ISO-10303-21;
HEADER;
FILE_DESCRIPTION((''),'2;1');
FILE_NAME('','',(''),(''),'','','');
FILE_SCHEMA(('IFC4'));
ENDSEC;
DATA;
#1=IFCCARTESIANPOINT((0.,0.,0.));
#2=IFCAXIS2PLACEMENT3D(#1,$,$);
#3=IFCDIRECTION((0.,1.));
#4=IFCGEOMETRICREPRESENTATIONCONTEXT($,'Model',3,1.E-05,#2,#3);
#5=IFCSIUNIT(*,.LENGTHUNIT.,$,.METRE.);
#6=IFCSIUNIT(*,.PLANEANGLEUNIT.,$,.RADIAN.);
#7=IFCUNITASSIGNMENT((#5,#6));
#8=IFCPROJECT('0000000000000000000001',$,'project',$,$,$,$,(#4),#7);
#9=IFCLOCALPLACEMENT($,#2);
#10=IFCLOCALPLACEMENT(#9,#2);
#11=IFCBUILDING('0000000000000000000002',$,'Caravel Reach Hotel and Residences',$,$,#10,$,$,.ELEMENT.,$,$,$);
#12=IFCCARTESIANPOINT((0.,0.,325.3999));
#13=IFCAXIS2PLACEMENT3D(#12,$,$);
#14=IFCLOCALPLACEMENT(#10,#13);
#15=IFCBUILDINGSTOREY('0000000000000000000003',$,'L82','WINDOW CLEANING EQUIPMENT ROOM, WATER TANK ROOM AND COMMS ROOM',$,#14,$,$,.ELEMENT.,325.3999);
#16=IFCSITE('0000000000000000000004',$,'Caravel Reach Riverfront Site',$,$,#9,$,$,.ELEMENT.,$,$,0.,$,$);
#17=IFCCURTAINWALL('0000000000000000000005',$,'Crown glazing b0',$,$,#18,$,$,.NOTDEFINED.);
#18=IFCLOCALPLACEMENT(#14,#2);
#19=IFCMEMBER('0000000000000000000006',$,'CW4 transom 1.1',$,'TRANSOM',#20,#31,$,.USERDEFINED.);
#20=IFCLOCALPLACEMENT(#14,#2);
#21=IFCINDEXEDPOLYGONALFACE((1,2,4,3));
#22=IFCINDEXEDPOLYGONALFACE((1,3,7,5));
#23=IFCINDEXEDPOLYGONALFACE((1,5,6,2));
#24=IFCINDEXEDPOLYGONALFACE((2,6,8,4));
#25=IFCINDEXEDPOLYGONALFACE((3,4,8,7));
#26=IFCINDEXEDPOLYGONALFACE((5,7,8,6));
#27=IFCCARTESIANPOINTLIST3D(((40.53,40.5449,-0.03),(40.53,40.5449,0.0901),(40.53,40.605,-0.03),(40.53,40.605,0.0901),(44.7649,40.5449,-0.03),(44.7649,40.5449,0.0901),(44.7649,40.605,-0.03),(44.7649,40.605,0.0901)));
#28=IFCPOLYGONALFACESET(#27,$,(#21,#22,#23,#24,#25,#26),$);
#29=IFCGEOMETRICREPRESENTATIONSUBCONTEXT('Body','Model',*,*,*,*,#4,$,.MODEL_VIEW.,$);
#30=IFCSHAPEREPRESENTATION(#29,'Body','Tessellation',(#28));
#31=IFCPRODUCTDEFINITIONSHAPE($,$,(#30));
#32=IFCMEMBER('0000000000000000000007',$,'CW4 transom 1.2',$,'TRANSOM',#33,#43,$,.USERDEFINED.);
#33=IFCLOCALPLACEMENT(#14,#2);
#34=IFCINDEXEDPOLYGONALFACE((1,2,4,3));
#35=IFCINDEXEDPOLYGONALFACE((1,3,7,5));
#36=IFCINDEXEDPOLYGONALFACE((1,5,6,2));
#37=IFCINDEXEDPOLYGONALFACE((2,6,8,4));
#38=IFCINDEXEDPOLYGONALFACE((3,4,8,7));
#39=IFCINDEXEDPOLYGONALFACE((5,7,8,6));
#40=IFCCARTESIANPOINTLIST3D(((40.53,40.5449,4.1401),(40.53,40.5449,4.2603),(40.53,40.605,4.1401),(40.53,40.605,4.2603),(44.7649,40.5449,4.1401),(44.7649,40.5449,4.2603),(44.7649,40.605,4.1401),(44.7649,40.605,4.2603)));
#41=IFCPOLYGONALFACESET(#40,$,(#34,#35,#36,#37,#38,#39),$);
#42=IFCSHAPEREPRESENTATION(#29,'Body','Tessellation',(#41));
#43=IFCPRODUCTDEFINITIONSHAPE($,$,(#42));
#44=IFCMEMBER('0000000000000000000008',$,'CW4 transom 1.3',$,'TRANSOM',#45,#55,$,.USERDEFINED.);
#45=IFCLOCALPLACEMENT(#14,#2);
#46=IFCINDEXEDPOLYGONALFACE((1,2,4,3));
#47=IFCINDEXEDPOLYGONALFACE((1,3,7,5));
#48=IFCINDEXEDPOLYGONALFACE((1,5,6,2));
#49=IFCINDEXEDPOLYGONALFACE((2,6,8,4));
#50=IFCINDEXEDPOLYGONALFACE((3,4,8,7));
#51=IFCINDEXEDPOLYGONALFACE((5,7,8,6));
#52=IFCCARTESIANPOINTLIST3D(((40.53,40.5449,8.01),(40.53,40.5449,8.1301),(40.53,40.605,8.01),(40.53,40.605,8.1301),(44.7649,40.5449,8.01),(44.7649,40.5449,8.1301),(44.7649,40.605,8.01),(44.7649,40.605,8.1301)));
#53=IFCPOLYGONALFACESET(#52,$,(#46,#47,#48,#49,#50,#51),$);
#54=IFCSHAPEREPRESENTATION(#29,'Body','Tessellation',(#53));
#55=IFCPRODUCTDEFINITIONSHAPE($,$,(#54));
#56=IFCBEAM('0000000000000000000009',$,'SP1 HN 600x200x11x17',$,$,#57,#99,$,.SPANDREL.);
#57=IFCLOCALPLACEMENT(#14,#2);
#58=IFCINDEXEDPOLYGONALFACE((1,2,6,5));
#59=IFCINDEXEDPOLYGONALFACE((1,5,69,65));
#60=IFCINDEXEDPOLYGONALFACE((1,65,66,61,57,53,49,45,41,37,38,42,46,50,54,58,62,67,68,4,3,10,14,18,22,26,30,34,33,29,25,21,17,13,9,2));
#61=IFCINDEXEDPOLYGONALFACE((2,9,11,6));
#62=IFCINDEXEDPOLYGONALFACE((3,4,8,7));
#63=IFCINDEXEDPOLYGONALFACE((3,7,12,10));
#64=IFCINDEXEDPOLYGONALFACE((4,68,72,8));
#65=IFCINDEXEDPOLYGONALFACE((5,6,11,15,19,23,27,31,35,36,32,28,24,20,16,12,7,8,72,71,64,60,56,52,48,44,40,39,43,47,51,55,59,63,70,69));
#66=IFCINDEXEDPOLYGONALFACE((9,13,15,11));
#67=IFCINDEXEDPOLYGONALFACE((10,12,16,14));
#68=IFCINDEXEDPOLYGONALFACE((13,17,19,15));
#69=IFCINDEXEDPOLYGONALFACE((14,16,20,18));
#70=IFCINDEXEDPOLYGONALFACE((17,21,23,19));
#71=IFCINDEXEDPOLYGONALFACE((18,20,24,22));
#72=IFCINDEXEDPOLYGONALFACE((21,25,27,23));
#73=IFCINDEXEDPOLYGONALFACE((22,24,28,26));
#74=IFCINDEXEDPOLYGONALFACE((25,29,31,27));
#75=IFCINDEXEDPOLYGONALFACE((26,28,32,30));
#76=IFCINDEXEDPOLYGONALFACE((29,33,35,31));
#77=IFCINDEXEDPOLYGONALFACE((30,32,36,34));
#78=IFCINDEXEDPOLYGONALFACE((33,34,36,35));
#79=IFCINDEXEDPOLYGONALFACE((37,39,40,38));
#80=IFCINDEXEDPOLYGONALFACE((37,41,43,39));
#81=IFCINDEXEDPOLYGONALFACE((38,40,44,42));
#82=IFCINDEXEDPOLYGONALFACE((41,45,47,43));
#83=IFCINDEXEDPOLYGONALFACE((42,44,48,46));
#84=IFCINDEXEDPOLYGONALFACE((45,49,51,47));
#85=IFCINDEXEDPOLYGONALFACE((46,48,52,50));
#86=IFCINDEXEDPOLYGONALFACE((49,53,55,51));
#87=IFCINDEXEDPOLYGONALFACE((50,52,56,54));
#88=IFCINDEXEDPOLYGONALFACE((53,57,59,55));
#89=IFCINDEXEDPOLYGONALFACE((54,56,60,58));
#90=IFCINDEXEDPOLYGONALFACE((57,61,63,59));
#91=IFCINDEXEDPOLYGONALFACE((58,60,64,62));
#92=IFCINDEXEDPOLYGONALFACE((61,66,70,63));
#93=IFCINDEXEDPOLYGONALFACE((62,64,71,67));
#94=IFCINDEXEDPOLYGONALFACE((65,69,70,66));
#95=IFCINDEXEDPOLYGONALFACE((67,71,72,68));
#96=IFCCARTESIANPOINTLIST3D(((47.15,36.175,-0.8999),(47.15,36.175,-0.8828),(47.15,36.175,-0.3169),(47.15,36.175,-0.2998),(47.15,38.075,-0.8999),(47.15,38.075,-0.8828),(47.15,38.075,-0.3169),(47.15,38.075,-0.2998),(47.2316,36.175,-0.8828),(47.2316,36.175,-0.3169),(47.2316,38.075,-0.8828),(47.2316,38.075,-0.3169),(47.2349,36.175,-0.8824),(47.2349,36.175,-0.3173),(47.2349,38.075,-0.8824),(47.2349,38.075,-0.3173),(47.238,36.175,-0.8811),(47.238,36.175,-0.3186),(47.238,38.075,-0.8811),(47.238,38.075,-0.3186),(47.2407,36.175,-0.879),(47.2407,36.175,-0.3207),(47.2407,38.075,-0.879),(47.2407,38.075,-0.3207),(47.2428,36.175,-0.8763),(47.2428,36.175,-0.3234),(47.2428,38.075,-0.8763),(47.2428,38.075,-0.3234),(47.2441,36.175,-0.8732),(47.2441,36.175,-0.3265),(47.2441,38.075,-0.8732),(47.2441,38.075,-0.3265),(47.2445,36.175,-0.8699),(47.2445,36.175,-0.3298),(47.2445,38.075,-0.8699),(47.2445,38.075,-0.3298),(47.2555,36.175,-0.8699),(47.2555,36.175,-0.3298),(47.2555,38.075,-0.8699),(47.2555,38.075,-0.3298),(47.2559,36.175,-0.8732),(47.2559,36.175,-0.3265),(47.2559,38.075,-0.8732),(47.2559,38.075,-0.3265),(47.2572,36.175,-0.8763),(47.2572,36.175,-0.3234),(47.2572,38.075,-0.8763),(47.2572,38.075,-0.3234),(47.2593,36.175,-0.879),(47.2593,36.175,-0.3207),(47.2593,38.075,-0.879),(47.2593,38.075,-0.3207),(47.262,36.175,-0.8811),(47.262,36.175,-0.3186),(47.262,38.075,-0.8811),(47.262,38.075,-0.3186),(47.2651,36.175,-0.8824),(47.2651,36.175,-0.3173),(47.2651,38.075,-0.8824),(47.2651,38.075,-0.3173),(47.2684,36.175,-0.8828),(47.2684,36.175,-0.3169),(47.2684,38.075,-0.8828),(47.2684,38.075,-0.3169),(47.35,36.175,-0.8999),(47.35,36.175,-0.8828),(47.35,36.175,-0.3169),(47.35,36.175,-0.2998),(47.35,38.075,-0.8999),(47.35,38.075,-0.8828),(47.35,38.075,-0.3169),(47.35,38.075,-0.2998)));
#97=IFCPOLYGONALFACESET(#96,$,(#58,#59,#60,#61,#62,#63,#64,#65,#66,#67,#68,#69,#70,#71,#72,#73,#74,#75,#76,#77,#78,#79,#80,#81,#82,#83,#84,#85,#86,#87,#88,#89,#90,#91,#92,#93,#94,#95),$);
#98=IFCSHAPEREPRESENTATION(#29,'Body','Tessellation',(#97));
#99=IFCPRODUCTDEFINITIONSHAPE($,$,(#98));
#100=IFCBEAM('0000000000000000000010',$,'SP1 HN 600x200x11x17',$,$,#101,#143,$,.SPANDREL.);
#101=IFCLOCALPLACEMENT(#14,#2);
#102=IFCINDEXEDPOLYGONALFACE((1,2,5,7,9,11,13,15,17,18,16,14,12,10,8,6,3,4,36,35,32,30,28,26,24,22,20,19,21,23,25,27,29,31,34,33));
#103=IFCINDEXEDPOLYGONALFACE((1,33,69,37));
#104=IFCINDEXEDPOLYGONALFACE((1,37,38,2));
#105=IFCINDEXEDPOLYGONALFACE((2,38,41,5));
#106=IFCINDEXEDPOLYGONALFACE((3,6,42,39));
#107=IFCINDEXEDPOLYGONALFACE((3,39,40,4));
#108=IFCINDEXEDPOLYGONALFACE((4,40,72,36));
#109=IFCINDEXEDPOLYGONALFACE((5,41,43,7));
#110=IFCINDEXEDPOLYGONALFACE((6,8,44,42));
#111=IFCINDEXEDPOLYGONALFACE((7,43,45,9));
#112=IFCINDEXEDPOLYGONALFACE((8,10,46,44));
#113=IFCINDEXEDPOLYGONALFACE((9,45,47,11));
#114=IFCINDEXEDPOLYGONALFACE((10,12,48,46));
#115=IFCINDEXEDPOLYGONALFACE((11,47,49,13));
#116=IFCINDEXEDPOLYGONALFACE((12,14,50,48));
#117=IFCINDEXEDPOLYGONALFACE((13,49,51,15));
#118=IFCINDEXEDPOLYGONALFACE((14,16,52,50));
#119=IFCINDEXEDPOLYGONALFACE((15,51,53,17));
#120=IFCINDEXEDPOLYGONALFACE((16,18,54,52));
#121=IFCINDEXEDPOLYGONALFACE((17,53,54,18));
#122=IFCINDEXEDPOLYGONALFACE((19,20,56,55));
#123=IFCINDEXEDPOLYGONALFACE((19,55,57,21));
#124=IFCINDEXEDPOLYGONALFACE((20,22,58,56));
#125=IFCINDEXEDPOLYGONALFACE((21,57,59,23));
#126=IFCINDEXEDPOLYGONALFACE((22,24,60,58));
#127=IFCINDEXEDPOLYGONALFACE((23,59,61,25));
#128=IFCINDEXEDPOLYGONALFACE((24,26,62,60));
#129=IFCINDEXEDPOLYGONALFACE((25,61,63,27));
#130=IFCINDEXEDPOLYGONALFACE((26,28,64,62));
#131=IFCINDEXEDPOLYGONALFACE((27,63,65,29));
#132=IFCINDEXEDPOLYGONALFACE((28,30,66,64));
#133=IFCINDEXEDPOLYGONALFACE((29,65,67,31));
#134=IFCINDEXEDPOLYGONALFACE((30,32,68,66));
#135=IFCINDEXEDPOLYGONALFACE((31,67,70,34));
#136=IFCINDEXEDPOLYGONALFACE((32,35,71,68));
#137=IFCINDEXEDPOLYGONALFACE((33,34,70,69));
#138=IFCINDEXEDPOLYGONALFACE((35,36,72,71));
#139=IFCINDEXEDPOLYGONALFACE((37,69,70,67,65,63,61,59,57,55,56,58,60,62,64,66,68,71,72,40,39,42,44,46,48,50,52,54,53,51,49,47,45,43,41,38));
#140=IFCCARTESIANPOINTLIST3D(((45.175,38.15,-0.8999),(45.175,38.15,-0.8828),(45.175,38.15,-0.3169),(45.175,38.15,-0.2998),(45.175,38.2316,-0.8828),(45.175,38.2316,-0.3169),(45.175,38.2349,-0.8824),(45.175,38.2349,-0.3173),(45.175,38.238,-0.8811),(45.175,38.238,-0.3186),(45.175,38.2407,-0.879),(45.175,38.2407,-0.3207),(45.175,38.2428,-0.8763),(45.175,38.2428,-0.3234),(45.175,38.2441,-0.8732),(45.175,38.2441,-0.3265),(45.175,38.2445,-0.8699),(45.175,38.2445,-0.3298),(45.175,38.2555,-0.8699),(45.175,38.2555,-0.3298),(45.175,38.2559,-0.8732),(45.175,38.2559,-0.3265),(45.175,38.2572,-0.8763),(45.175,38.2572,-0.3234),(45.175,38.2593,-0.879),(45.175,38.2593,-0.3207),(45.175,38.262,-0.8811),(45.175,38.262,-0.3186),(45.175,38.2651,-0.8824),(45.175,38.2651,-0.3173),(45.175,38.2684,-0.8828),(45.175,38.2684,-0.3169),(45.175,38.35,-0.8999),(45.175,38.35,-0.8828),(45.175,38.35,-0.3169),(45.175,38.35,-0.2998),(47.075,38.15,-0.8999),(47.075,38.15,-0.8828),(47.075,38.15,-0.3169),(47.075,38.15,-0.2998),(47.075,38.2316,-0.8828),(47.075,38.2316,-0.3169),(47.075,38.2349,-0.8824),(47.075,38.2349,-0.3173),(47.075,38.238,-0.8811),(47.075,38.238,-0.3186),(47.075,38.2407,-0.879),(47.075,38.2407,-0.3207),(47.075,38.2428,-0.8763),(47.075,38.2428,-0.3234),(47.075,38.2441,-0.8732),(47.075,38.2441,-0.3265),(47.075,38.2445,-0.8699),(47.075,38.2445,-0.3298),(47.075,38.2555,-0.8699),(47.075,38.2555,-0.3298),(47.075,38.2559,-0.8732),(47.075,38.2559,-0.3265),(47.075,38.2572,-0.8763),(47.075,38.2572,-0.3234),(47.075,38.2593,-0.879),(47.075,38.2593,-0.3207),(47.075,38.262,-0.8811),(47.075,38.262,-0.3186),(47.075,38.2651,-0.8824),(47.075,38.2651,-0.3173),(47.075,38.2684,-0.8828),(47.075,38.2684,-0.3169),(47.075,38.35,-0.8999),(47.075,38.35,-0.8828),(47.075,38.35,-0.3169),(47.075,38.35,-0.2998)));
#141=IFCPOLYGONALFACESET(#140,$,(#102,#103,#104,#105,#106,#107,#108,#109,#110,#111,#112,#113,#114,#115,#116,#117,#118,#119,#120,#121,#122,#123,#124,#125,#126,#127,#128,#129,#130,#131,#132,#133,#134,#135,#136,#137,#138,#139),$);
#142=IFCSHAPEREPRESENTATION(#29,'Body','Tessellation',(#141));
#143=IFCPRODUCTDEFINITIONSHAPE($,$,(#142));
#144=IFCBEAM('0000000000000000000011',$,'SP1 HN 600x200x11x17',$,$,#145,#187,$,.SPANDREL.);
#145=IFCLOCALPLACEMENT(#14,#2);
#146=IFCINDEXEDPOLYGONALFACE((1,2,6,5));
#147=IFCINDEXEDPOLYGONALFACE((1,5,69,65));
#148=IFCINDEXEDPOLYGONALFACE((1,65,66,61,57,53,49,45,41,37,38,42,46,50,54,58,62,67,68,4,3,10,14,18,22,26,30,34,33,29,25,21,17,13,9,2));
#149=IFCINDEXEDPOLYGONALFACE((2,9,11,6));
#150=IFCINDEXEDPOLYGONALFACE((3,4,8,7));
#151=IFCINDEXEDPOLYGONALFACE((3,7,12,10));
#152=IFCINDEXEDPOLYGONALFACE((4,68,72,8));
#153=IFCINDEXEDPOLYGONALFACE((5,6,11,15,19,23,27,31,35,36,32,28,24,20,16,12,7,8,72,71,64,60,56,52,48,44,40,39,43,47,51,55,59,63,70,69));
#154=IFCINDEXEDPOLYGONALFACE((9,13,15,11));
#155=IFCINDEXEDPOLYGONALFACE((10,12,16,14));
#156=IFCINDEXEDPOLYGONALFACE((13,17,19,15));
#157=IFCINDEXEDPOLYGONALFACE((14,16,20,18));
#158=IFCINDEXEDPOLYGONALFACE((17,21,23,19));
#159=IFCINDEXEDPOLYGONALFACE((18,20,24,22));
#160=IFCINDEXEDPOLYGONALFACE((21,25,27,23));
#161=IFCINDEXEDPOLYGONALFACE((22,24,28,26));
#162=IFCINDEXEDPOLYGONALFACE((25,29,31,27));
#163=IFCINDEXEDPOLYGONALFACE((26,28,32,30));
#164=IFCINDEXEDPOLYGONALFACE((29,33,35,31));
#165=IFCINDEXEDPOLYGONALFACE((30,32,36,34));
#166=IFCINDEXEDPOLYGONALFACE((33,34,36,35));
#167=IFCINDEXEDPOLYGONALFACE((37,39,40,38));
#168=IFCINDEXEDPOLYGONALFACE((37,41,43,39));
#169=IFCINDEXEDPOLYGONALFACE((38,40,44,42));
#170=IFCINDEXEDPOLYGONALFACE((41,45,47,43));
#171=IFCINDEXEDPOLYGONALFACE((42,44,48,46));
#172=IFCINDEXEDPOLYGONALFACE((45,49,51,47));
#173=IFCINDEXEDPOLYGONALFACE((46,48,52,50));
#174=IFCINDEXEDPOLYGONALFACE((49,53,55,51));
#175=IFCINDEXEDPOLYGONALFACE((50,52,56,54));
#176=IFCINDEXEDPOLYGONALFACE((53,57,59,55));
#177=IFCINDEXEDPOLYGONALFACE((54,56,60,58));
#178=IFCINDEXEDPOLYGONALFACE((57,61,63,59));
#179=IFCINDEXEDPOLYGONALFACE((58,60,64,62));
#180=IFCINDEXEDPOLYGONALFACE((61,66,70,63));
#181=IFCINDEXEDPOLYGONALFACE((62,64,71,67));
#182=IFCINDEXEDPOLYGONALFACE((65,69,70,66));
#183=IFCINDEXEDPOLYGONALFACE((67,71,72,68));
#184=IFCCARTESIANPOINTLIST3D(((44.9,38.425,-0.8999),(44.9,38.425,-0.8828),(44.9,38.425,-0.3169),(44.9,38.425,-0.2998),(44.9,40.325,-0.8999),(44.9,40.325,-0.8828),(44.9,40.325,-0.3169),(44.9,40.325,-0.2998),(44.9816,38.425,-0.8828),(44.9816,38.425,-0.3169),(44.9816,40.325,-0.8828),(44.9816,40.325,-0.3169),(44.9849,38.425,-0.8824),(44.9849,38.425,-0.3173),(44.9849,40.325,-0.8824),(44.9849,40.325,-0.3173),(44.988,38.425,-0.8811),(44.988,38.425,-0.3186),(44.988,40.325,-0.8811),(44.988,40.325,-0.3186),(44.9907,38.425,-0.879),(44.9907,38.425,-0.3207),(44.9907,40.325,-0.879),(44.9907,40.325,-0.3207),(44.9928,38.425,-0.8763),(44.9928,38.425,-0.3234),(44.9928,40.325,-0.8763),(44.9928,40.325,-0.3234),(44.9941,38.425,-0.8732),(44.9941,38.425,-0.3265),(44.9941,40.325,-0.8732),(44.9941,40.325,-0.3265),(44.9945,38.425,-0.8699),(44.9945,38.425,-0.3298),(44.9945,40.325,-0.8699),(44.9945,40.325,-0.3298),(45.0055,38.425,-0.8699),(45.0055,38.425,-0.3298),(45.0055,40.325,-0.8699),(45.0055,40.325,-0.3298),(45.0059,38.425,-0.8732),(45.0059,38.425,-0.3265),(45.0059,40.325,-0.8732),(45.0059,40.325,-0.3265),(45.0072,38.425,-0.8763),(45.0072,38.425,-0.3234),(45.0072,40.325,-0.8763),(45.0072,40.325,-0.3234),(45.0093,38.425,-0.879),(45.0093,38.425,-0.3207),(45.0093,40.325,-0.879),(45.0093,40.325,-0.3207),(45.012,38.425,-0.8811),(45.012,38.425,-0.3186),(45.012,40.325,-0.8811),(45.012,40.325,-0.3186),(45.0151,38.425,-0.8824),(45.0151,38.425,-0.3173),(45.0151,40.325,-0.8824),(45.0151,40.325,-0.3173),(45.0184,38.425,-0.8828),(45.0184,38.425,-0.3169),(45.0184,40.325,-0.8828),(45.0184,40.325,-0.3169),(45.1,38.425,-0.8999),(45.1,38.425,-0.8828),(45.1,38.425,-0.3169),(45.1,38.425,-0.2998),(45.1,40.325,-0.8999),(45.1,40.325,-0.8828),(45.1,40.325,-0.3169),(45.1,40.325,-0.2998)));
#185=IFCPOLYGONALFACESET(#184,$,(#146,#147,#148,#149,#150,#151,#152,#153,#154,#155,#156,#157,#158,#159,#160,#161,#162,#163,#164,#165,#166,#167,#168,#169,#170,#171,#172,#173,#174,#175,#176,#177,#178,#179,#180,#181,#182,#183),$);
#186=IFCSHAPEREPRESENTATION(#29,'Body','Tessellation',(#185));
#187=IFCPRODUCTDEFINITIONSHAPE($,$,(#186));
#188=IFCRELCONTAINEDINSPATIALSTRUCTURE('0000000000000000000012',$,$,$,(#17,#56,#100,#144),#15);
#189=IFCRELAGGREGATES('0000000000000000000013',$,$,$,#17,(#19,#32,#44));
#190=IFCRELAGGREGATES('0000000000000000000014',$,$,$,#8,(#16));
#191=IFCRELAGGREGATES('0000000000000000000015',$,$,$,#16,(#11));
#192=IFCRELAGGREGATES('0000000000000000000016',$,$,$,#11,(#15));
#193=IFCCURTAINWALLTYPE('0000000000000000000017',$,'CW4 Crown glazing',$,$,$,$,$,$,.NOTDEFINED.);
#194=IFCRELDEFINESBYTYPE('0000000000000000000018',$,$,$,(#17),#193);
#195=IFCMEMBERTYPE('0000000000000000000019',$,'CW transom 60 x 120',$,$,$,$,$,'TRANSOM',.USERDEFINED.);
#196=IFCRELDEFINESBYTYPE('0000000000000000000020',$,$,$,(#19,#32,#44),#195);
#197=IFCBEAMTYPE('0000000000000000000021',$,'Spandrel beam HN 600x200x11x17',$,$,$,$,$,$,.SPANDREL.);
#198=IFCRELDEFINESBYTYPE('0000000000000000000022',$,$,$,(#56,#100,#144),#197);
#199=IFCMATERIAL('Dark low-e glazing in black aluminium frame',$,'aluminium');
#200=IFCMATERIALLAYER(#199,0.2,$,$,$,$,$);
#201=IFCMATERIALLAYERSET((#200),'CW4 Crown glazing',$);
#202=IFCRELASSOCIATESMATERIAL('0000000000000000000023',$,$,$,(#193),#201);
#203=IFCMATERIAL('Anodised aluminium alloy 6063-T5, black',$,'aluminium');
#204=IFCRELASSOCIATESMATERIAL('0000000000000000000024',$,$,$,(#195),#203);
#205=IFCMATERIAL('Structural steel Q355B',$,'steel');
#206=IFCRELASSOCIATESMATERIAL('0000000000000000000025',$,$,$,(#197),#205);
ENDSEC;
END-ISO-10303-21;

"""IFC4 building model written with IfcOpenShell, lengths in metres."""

from ifc_helpers import new_model, si_unit, direction, frame, origin, origin_2d, place, context, subcontext, project, spatial, rectangle, i_section, extrude, material, layer, layer_set, material_profile, profile_set, type_object, element, aggregate, save


model = new_model("IFC4")

# Units and contexts
model_context = context("Model", 3, precision=1e-05, world=origin(), true_north=direction((0.0, 1.0)))
body_context = subcontext(model_context, "Body", "Model", "MODEL_VIEW")
ifc_project = project(units=[si_unit("LENGTHUNIT", "METRE"), si_unit("PLANEANGLEUNIT", "RADIAN")], contexts=[model_context])

# Site, building, storey
site_placement = place(None, origin())
site = spatial("IfcSite", under=ifc_project, at=site_placement, Name="Caravel Reach Riverfront Site", CompositionType="ELEMENT", RefElevation=0.0)
building_placement = place(site_placement, origin())
building = spatial("IfcBuilding", under=site, at=building_placement, Name="Caravel Reach Hotel and Residences", CompositionType="ELEMENT")
storey_placement = place(building_placement, frame((0.0, 0.0, 325.3999)))
storey = spatial("IfcBuildingStorey", under=building, at=storey_placement, Name="L82", Description="WINDOW CLEANING EQUIPMENT ROOM, WATER TANK ROOM AND COMMS ROOM", CompositionType="ELEMENT", Elevation=325.3999)

# Shared definitions
ifc_material_1 = material(Name="Dark low-e glazing in black aluminium frame", Category="aluminium")
ifc_layer_1 = layer(ifc_material_1, 0.2)
ifc_layer_set_1 = layer_set([ifc_layer_1], Name="CW4 Crown glazing")
curtain_wall_type = type_object("IfcCurtainWallType", Name="CW4 Crown glazing", PredefinedType="NOTDEFINED", material=ifc_layer_set_1)

# Curtain wall
curtain_wall_1_placement = place(storey_placement, origin())
curtain_wall_1 = element("IfcCurtainWall", 1, at=curtain_wall_1_placement, inside=storey, type_object=curtain_wall_type, Name="Crown glazing b0", PredefinedType="NOTDEFINED")

# Members
ifc_material_2 = material(Name="Anodised aluminium alloy 6063-T5, black", Category="aluminium")
ifc_material_profile_1 = material_profile(ifc_material_2, rectangle(XDim=0.0601, YDim=0.1201, at=origin_2d()), Name="CW transom 60 x 120")
ifc_profile_set_1 = profile_set([ifc_material_profile_1], Name="Anodised aluminium alloy 6063-T5, black")
member_type_1 = type_object("IfcMemberType", Name="CW transom 60 x 120", ElementType="TRANSOM", PredefinedType="USERDEFINED", material=ifc_profile_set_1)
member_1_placement = place(storey_placement, frame((44.7649, 40.575, 0.03), z_axis=(-1.0, 0.0, 0.0), x_axis=(0.0, -1.0, 0.0)))
member_1 = element("IfcMember", 2, at=member_1_placement, type_object=member_type_1, Name="CW4 transom 1.1", ObjectType="TRANSOM", PredefinedType="USERDEFINED", context=body_context, shape_type="SweptSolid", body=[
    extrude(rectangle(XDim=0.0601, YDim=0.1201, at=origin_2d()), origin(), (0.0, 0.0, 1.0), 4.2349),
])
member_2_placement = place(storey_placement, frame((44.7649, 40.575, 4.2002), z_axis=(-1.0, 0.0, 0.0), x_axis=(0.0, -1.0, 0.0)))
member_2 = element("IfcMember", 3, at=member_2_placement, type_object=member_type_1, Name="CW4 transom 1.2", ObjectType="TRANSOM", PredefinedType="USERDEFINED", context=body_context, shape_type="SweptSolid", body=[
    extrude(rectangle(XDim=0.0601, YDim=0.1201, at=origin_2d()), origin(), (0.0, 0.0, 1.0), 4.2349),
])
member_3_placement = place(storey_placement, frame((44.7649, 40.575, 8.0701), z_axis=(-1.0, 0.0, 0.0), x_axis=(0.0, -1.0, 0.0)))
member_3 = element("IfcMember", 4, at=member_3_placement, type_object=member_type_1, Name="CW4 transom 1.3", ObjectType="TRANSOM", PredefinedType="USERDEFINED", context=body_context, shape_type="SweptSolid", body=[
    extrude(rectangle(XDim=0.0601, YDim=0.1201, at=origin_2d()), origin(), (0.0, 0.0, 1.0), 4.2349),
])

# Beams
ifc_material_3 = material(Name="Structural steel Q355B", Category="steel")
ifc_material_profile_2 = material_profile(ifc_material_3, i_section(OverallWidth=0.2, OverallDepth=0.6001, WebThickness=0.011, FlangeThickness=0.0171, FilletRadius=0.0129, at=origin_2d()), Name="HN 600x200x11x17")
ifc_profile_set_2 = profile_set([ifc_material_profile_2], Name="Structural steel Q355B")
beam_type = type_object("IfcBeamType", Name="Spandrel beam HN 600x200x11x17", PredefinedType="SPANDREL", material=ifc_profile_set_2)
for number, where, z_axis, x_axis, name in (
    (5, (47.25, 36.175, -0.5999), (0.0, 1.0, 0.0), (-1.0, 0.0, 0.0), "SP1 HN 600x200x11x17"),
    (6, (47.075, 38.25, -0.5999), (-1.0, 0.0, 0.0), (0.0, -1.0, 0.0), "SP1 HN 600x200x11x17"),
    (7, (45.0, 38.425, -0.5999), (0.0, 1.0, 0.0), (-1.0, 0.0, 0.0), "SP1 HN 600x200x11x17"),
):
    element("IfcBeam", number, at=place(storey_placement, frame(where, z_axis=z_axis, x_axis=x_axis)), inside=storey, type_object=beam_type, Name=name, PredefinedType="SPANDREL", context=body_context, shape_type="SweptSolid", body=[
        extrude(i_section(OverallWidth=0.2, OverallDepth=0.6001, WebThickness=0.011, FlangeThickness=0.0171, FilletRadius=0.0129, at=origin_2d()), origin(), (0.0, 0.0, 1.0), 1.8999),
    ])

aggregate(curtain_wall_1, [member_1, member_2, member_3])

save(model, "model.ifc")
